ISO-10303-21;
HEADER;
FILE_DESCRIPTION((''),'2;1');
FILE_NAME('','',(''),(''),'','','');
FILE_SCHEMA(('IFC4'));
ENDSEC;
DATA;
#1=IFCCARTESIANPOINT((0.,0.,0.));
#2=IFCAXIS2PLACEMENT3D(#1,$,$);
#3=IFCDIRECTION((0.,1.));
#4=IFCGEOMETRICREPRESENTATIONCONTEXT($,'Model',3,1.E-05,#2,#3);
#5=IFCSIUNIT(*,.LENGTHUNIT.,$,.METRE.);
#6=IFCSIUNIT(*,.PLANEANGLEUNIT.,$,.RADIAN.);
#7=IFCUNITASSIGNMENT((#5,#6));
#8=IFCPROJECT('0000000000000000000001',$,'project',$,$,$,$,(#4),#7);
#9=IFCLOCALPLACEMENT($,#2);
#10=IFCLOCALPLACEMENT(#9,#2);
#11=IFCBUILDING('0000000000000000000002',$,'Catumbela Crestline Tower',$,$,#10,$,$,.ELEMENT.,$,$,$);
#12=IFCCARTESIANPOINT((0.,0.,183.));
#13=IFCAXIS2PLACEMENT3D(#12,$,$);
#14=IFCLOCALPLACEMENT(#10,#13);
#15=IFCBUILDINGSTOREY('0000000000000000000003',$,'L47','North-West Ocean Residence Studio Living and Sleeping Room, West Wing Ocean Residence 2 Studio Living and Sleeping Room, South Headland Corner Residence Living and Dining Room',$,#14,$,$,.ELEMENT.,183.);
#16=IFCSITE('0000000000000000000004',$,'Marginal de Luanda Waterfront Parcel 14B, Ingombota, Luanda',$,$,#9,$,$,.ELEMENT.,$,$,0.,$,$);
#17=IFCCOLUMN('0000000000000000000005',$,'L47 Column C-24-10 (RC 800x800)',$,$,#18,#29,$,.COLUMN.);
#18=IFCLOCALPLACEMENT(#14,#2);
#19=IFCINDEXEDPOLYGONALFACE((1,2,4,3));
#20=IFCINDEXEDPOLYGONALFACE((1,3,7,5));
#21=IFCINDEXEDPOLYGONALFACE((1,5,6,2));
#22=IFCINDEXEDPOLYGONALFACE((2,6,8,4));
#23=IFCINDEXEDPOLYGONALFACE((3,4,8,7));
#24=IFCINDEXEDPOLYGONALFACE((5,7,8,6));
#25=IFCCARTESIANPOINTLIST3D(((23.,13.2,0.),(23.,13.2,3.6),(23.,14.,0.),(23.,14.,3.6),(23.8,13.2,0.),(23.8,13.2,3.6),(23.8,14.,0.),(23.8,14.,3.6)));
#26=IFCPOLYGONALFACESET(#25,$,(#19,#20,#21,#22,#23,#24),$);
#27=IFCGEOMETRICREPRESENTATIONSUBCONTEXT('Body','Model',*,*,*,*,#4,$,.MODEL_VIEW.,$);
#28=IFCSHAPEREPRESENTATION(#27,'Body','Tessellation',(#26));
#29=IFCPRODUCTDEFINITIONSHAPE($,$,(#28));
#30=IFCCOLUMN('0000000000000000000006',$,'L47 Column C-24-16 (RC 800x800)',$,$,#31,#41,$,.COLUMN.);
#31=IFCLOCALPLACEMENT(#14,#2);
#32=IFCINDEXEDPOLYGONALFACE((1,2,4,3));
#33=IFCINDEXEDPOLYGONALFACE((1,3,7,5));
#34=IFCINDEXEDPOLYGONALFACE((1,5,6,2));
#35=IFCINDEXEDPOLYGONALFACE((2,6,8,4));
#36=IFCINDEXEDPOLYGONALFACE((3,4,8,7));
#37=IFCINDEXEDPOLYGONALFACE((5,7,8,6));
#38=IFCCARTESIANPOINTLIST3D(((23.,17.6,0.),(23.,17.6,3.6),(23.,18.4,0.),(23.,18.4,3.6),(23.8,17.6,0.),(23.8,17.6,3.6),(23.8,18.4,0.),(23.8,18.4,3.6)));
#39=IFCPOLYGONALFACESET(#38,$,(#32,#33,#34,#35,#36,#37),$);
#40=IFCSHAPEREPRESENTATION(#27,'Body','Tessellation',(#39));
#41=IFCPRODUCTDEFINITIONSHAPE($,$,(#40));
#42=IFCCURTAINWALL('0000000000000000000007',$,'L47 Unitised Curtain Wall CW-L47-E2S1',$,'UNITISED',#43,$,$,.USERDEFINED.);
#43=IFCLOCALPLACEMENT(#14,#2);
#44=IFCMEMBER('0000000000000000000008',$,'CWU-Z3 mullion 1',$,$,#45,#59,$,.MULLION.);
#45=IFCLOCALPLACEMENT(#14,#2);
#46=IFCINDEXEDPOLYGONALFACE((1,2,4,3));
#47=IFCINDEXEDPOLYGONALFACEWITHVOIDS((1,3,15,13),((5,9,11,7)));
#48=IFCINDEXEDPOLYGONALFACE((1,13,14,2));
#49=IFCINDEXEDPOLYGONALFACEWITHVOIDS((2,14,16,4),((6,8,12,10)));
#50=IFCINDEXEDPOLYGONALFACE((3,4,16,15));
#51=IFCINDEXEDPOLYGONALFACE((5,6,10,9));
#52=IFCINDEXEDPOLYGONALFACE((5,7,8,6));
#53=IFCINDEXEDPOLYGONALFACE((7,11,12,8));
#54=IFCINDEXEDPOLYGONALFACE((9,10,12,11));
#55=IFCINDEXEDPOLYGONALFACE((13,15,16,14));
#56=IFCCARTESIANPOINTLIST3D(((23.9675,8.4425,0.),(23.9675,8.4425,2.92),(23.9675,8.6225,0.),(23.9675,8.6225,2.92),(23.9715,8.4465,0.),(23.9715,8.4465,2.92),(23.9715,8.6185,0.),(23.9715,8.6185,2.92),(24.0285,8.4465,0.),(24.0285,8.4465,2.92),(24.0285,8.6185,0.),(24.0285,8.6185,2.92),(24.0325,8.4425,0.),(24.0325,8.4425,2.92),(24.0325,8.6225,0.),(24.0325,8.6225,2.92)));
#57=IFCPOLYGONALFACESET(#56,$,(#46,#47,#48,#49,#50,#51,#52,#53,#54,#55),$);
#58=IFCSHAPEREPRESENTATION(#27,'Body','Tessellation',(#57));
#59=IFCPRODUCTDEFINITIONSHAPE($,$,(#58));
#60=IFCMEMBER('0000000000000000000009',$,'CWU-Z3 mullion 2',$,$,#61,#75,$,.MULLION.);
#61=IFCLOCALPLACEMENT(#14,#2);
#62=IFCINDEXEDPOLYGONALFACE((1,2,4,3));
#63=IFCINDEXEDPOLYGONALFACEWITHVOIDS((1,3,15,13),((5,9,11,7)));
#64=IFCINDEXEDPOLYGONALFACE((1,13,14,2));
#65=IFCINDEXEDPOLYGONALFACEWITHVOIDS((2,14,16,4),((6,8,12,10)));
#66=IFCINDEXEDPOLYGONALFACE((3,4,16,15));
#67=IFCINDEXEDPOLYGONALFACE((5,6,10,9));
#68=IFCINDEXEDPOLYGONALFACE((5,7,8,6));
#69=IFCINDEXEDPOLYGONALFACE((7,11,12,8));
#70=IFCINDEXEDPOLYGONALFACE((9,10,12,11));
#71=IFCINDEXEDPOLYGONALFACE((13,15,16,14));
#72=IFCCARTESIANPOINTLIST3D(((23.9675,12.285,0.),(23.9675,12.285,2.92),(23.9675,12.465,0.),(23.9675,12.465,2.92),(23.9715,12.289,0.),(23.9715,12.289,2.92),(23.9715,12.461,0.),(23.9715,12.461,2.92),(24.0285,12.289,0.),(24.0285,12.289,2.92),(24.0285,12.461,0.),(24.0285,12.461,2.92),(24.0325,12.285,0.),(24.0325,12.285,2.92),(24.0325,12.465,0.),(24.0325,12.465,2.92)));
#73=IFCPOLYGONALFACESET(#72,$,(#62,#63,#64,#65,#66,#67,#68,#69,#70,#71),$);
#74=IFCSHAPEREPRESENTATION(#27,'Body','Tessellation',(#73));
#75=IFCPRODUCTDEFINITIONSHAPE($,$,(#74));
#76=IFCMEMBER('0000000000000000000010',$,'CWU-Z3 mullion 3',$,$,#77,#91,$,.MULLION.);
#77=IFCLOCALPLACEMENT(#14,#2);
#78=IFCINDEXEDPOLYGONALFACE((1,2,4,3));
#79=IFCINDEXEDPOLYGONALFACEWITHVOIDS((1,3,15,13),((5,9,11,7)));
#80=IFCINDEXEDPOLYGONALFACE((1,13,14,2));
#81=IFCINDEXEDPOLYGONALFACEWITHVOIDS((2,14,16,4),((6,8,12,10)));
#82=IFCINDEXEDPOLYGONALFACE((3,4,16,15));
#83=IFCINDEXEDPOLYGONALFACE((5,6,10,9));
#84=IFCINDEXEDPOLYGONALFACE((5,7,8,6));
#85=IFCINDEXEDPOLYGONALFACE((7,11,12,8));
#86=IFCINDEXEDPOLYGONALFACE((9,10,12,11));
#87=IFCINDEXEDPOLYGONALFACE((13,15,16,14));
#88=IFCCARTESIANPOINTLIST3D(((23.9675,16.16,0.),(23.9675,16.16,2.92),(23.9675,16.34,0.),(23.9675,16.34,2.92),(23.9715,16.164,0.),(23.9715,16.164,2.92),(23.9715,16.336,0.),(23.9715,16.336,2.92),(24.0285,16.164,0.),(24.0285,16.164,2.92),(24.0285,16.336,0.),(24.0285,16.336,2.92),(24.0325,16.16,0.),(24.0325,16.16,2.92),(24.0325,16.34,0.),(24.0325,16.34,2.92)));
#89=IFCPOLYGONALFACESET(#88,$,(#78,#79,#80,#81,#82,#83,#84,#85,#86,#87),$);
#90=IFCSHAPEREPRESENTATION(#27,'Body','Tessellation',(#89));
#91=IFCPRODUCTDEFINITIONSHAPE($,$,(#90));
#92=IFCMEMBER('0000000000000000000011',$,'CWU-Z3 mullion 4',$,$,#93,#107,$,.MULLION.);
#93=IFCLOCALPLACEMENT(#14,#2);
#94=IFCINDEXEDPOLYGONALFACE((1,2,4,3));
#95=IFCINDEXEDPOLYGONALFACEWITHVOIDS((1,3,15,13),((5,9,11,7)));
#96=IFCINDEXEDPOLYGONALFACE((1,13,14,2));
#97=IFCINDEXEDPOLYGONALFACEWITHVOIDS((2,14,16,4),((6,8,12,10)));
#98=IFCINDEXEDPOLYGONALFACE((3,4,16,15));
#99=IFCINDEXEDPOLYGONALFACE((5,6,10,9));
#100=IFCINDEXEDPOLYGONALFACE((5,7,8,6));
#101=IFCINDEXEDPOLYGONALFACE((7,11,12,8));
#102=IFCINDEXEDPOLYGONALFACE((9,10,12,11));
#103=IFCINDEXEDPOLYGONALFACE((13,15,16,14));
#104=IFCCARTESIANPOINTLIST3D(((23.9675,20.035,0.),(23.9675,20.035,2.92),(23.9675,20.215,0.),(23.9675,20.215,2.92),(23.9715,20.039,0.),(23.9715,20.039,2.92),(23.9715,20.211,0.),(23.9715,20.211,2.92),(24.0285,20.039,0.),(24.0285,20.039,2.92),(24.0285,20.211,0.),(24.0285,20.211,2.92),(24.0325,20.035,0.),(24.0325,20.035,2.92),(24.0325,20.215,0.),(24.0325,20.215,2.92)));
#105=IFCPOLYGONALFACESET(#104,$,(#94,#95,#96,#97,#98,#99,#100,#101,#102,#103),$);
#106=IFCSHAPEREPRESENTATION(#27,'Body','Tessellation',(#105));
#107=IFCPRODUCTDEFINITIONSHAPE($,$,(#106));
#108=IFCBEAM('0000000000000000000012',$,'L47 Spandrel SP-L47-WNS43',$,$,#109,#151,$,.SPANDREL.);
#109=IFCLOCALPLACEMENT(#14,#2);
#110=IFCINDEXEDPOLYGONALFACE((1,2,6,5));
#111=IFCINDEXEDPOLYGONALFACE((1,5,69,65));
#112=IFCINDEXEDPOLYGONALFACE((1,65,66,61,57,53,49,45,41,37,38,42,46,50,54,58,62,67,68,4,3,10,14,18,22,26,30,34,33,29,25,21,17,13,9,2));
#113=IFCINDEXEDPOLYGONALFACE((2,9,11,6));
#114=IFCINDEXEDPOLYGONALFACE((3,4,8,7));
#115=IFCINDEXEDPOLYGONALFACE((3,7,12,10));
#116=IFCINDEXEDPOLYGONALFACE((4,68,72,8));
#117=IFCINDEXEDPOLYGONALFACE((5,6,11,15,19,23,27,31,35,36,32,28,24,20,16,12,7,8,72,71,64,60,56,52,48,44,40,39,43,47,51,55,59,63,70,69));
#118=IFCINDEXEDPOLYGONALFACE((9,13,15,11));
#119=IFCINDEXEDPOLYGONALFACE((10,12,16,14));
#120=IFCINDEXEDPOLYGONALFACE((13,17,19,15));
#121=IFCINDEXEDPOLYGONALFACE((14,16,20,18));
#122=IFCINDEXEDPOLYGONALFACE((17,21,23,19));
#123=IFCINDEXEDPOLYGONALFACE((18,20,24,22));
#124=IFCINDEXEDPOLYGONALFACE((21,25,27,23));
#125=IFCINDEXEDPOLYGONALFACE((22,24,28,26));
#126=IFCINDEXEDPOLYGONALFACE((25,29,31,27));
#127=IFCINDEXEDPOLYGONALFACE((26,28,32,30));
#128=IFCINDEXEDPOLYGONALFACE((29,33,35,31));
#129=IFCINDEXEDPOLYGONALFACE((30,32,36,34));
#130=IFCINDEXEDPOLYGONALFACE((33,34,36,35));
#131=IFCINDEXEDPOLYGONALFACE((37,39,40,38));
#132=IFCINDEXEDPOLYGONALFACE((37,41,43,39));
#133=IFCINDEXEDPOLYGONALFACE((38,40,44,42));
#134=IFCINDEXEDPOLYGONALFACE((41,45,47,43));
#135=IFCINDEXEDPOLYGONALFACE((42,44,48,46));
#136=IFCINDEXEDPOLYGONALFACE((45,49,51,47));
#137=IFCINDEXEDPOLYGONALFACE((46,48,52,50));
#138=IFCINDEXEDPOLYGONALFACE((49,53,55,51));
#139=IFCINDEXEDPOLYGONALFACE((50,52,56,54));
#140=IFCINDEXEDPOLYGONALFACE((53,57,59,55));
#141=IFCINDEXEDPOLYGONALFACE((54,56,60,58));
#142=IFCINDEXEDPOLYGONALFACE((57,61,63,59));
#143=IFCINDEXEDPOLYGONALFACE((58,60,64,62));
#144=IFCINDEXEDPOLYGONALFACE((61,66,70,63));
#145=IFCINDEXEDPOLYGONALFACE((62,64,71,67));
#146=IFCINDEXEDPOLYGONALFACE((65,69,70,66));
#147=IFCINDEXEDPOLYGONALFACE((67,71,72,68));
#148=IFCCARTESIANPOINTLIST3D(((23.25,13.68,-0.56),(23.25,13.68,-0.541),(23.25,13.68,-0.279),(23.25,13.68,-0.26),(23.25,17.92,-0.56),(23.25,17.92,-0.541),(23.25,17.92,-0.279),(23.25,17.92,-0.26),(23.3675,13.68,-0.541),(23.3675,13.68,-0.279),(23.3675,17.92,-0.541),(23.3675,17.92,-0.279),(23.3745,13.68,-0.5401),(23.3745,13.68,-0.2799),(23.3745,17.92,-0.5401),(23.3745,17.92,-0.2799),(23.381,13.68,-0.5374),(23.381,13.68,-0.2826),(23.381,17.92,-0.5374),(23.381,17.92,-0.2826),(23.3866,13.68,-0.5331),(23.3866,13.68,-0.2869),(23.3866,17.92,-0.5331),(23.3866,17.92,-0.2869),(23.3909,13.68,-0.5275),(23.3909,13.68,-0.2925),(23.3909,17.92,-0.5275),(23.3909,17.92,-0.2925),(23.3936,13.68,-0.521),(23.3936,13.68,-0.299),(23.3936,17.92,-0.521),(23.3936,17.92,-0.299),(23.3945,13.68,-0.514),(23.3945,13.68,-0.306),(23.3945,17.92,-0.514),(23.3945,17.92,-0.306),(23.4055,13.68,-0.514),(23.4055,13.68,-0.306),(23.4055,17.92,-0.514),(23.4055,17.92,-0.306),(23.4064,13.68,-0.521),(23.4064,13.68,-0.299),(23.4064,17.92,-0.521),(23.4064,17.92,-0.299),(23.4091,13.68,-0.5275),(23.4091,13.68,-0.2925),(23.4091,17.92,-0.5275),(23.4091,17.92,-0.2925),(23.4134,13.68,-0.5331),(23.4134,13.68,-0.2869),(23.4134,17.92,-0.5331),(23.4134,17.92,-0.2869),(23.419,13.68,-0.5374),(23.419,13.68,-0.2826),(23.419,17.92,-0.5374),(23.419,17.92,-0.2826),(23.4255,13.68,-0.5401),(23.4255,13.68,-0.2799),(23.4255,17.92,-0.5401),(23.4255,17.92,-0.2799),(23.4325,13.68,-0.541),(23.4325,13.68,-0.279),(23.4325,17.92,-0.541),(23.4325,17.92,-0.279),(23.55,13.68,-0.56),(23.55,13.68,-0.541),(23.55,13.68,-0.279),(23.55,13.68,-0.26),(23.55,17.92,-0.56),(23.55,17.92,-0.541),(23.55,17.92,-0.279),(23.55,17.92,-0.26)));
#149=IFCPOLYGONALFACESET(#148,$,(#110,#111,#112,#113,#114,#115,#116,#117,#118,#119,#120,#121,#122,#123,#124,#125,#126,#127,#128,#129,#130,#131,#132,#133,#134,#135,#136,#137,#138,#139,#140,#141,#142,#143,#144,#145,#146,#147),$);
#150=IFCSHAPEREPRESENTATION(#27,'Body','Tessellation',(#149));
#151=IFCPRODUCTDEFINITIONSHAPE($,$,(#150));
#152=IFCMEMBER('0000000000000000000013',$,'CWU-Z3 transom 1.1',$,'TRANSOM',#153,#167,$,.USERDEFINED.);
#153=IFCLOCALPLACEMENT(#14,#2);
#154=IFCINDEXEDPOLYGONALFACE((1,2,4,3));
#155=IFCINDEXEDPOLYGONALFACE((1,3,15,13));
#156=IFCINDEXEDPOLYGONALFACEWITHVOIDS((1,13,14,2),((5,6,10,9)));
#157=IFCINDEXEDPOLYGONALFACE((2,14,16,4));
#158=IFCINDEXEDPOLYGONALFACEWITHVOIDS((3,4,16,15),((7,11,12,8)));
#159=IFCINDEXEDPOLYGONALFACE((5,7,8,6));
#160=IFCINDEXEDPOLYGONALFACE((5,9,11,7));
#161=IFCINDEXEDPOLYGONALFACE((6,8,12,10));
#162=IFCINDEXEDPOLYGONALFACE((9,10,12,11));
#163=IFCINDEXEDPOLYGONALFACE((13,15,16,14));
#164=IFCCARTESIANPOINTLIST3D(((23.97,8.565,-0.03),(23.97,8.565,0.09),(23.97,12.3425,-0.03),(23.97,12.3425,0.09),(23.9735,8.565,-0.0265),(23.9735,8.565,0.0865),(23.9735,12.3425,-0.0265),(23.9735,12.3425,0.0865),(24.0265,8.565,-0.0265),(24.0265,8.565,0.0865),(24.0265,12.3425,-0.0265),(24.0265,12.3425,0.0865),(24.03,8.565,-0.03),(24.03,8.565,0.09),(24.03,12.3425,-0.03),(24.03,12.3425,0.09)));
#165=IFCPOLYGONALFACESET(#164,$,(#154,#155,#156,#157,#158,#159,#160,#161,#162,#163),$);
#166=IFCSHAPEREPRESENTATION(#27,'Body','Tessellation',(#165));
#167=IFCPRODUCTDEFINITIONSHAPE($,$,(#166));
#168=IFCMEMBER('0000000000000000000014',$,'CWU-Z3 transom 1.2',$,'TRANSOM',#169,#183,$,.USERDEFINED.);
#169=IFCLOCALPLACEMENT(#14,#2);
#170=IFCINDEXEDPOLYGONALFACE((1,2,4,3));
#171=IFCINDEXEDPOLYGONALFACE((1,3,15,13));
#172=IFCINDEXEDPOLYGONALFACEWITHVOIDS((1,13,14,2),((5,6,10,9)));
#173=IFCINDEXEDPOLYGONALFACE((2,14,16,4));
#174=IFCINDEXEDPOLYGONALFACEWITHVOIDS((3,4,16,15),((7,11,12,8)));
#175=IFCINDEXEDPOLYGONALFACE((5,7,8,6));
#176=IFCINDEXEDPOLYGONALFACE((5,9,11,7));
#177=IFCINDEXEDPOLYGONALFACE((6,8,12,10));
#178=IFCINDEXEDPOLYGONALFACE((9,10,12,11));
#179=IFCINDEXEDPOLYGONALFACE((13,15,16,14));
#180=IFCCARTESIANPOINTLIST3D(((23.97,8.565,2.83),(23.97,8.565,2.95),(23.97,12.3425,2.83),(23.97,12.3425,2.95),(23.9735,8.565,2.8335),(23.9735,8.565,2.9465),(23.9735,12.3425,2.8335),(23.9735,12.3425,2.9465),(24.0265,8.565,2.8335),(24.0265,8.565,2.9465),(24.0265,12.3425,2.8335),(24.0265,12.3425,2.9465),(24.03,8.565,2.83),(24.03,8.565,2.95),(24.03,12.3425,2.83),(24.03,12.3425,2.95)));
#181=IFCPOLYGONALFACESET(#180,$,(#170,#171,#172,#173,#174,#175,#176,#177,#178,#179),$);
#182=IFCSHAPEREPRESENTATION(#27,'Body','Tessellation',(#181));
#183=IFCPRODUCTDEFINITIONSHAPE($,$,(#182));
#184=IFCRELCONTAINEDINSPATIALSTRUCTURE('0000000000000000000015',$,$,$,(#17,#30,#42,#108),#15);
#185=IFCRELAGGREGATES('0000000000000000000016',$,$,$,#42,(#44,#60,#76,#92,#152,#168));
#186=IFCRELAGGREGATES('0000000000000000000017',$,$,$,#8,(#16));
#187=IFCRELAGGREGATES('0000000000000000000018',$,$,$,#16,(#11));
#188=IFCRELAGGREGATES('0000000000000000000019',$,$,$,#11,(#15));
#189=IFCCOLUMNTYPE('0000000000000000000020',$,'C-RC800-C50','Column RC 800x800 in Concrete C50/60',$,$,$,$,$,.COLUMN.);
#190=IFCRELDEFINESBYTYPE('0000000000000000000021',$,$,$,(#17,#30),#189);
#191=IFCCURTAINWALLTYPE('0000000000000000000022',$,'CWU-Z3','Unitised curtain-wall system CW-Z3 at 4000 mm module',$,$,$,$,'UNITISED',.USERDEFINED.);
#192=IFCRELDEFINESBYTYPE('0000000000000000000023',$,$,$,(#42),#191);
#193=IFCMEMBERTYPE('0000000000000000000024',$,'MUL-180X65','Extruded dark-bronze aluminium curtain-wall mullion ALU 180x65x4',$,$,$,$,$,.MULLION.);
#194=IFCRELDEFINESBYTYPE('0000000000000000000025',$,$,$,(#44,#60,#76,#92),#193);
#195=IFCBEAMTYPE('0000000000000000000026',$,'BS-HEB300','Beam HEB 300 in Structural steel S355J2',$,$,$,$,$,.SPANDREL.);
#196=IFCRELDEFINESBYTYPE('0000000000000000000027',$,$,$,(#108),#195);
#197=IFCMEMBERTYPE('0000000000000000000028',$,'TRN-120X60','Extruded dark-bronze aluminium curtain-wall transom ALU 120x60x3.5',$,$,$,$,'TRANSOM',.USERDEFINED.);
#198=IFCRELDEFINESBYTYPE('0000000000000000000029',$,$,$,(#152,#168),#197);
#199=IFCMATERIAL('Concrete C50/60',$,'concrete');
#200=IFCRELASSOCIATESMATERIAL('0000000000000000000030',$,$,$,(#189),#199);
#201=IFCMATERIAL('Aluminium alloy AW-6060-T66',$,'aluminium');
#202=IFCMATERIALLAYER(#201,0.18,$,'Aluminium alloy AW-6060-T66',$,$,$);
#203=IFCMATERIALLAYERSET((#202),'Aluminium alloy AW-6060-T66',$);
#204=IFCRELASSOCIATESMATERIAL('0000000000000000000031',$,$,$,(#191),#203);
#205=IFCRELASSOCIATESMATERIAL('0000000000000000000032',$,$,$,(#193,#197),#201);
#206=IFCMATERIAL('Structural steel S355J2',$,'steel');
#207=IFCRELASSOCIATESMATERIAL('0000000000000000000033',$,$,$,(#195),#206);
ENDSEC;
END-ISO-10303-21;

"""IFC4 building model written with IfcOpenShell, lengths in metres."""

from ifc_helpers import new_model, si_unit, direction, frame, origin, origin_2d, place, context, subcontext, project, spatial, rectangle, hollow_rectangle, i_section, extrude, material, layer, layer_set, material_profile, profile_set, type_object, element, aggregate, save


model = new_model("IFC4")

# Units and contexts
model_context = context("Model", 3, precision=1e-05, world=origin(), true_north=direction((0.0, 1.0)))
body_context = subcontext(model_context, "Body", "Model", "MODEL_VIEW")
ifc_project = project(units=[si_unit("LENGTHUNIT", "METRE"), si_unit("PLANEANGLEUNIT", "RADIAN")], contexts=[model_context])

# Site, building, storey
site_placement = place(None, origin())
site = spatial("IfcSite", under=ifc_project, at=site_placement, Name="Marginal de Luanda Waterfront Parcel 14B, Ingombota, Luanda", CompositionType="ELEMENT", RefElevation=0.0)
building_placement = place(site_placement, origin())
building = spatial("IfcBuilding", under=site, at=building_placement, Name="Catumbela Crestline Tower", CompositionType="ELEMENT")
storey_placement = place(building_placement, frame((0.0, 0.0, 183.0)))
storey = spatial("IfcBuildingStorey", under=building, at=storey_placement, Name="L47", Description="North-West Ocean Residence Studio Living and Sleeping Room, West Wing Ocean Residence 2 Studio Living and Sleeping Room, South Headland Corner Residence Living and Dining Room", CompositionType="ELEMENT", Elevation=183.0)

# Columns
ifc_material_1 = material(Name="Concrete C50/60", Category="concrete")
ifc_material_profile_1 = material_profile(ifc_material_1, rectangle(XDim=0.8, YDim=0.8, at=origin_2d()), Name="RC 800x800")
ifc_profile_set_1 = profile_set([ifc_material_profile_1], Name="Concrete C50/60")
column_type = type_object("IfcColumnType", Name="C-RC800-C50", Description="Column RC 800x800 in Concrete C50/60", PredefinedType="COLUMN", material=ifc_profile_set_1)
for number, where, z_axis, x_axis, name in (
    (1, (23.4, 13.6, 0.0), (0.0, 0.0, 1.0), (1.0, 0.0, 0.0), "L47 Column C-24-10 (RC 800x800)"),
    (2, (23.4, 18.0, 0.0), (0.0, 0.0, 1.0), (1.0, 0.0, 0.0), "L47 Column C-24-16 (RC 800x800)"),
):
    element("IfcColumn", number, at=place(storey_placement, frame(where, z_axis=z_axis, x_axis=x_axis)), inside=storey, type_object=column_type, Name=name, PredefinedType="COLUMN", context=body_context, shape_type="SweptSolid", body=[
        extrude(rectangle(XDim=0.8, YDim=0.8, at=origin_2d()), origin(), (0.0, 0.0, 1.0), 3.6),
    ])

# Curtain wall, members
ifc_material_2 = material(Name="Aluminium alloy AW-6060-T66", Category="aluminium")
ifc_layer_1 = layer(ifc_material_2, 0.18, Name="Aluminium alloy AW-6060-T66")
ifc_layer_set_1 = layer_set([ifc_layer_1], Name="Aluminium alloy AW-6060-T66")
curtain_wall_type = type_object("IfcCurtainWallType", Name="CWU-Z3", Description="Unitised curtain-wall system CW-Z3 at 4000 mm module", ElementType="UNITISED", PredefinedType="USERDEFINED", material=ifc_layer_set_1)
curtain_wall_placement = place(storey_placement, origin())
curtain_wall = element("IfcCurtainWall", 3, at=curtain_wall_placement, inside=storey, type_object=curtain_wall_type, Name="L47 Unitised Curtain Wall CW-L47-E2S1", ObjectType="UNITISED", PredefinedType="USERDEFINED")
ifc_material_profile_2 = material_profile(ifc_material_2, hollow_rectangle(XDim=0.065, YDim=0.18, WallThickness=0.004, at=origin_2d()), Name="ALU 180x65x4")
ifc_profile_set_2 = profile_set([ifc_material_profile_2], Name="Aluminium alloy AW-6060-T66")
member_type_1 = type_object("IfcMemberType", Name="MUL-180X65", Description="Extruded dark-bronze aluminium curtain-wall mullion ALU 180x65x4", PredefinedType="MULLION", material=ifc_profile_set_2)
member_1_placement = place(storey_placement, frame((24.0, 8.5325, 0.0), z_axis=(0.0, 0.0, 1.0), x_axis=(-1.0, 0.0, 0.0)))
member_1 = element("IfcMember", 4, at=member_1_placement, type_object=member_type_1, Name="CWU-Z3 mullion 1", PredefinedType="MULLION", context=body_context, shape_type="SweptSolid", body=[
    extrude(hollow_rectangle(XDim=0.065, YDim=0.18, WallThickness=0.004, at=origin_2d()), origin(), (0.0, 0.0, 1.0), 2.92),
])
member_2_placement = place(storey_placement, frame((24.0, 12.375, 0.0), z_axis=(0.0, 0.0, 1.0), x_axis=(-1.0, 0.0, 0.0)))
member_2 = element("IfcMember", 5, at=member_2_placement, type_object=member_type_1, Name="CWU-Z3 mullion 2", PredefinedType="MULLION", context=body_context, shape_type="SweptSolid", body=[
    extrude(hollow_rectangle(XDim=0.065, YDim=0.18, WallThickness=0.004, at=origin_2d()), origin(), (0.0, 0.0, 1.0), 2.92),
])
member_3_placement = place(storey_placement, frame((24.0, 16.25, 0.0), z_axis=(0.0, 0.0, 1.0), x_axis=(-1.0, 0.0, 0.0)))
member_3 = element("IfcMember", 6, at=member_3_placement, type_object=member_type_1, Name="CWU-Z3 mullion 3", PredefinedType="MULLION", context=body_context, shape_type="SweptSolid", body=[
    extrude(hollow_rectangle(XDim=0.065, YDim=0.18, WallThickness=0.004, at=origin_2d()), origin(), (0.0, 0.0, 1.0), 2.92),
])
member_4_placement = place(storey_placement, frame((24.0, 20.125, 0.0), z_axis=(0.0, 0.0, 1.0), x_axis=(-1.0, 0.0, 0.0)))
member_4 = element("IfcMember", 7, at=member_4_placement, type_object=member_type_1, Name="CWU-Z3 mullion 4", PredefinedType="MULLION", context=body_context, shape_type="SweptSolid", body=[
    extrude(hollow_rectangle(XDim=0.065, YDim=0.18, WallThickness=0.004, at=origin_2d()), origin(), (0.0, 0.0, 1.0), 2.92),
])

# Beam
ifc_material_3 = material(Name="Structural steel S355J2", Category="steel")
ifc_material_profile_3 = material_profile(ifc_material_3, i_section(OverallWidth=0.3, OverallDepth=0.3, WebThickness=0.011, FlangeThickness=0.019, FilletRadius=0.027, at=origin_2d()), Name="HEB 300")
ifc_profile_set_3 = profile_set([ifc_material_profile_3], Name="Structural steel S355J2")
beam_type = type_object("IfcBeamType", Name="BS-HEB300", Description="Beam HEB 300 in Structural steel S355J2", PredefinedType="SPANDREL", material=ifc_profile_set_3)
beam_placement = place(storey_placement, frame((23.4, 13.68, -0.41), z_axis=(0.0, 1.0, 0.0), x_axis=(-1.0, 0.0, 0.0)))
element("IfcBeam", 8, at=beam_placement, inside=storey, type_object=beam_type, Name="L47 Spandrel SP-L47-WNS43", PredefinedType="SPANDREL", context=body_context, shape_type="SweptSolid", body=[
    extrude(i_section(OverallWidth=0.3, OverallDepth=0.3, WebThickness=0.011, FlangeThickness=0.019, FilletRadius=0.027, at=origin_2d()), origin(), (0.0, 0.0, 1.0), 4.24),
])

# Members
ifc_material_profile_4 = material_profile(ifc_material_2, hollow_rectangle(XDim=0.06, YDim=0.12, WallThickness=0.0035, at=origin_2d()), Name="ALU 120x60x3.5")
ifc_profile_set_4 = profile_set([ifc_material_profile_4], Name="Aluminium alloy AW-6060-T66")
member_type_2 = type_object("IfcMemberType", Name="TRN-120X60", Description="Extruded dark-bronze aluminium curtain-wall transom ALU 120x60x3.5", ElementType="TRANSOM", PredefinedType="USERDEFINED", material=ifc_profile_set_4)
member_5_placement = place(storey_placement, frame((24.0, 8.565, 0.03), z_axis=(0.0, 1.0, 0.0), x_axis=(-1.0, 0.0, 0.0)))
member_5 = element("IfcMember", 9, at=member_5_placement, type_object=member_type_2, Name="CWU-Z3 transom 1.1", ObjectType="TRANSOM", PredefinedType="USERDEFINED", context=body_context, shape_type="SweptSolid", body=[
    extrude(hollow_rectangle(XDim=0.06, YDim=0.12, WallThickness=0.0035, at=origin_2d()), origin(), (0.0, 0.0, 1.0), 3.7775),
])
member_6_placement = place(storey_placement, frame((24.0, 8.565, 2.89), z_axis=(0.0, 1.0, 0.0), x_axis=(-1.0, 0.0, 0.0)))
member_6 = element("IfcMember", 10, at=member_6_placement, type_object=member_type_2, Name="CWU-Z3 transom 1.2", ObjectType="TRANSOM", PredefinedType="USERDEFINED", context=body_context, shape_type="SweptSolid", body=[
    extrude(hollow_rectangle(XDim=0.06, YDim=0.12, WallThickness=0.0035, at=origin_2d()), origin(), (0.0, 0.0, 1.0), 3.7775),
])

aggregate(curtain_wall, [member_1, member_2, member_3, member_4, member_5, member_6])

save(model, "model.ifc")
